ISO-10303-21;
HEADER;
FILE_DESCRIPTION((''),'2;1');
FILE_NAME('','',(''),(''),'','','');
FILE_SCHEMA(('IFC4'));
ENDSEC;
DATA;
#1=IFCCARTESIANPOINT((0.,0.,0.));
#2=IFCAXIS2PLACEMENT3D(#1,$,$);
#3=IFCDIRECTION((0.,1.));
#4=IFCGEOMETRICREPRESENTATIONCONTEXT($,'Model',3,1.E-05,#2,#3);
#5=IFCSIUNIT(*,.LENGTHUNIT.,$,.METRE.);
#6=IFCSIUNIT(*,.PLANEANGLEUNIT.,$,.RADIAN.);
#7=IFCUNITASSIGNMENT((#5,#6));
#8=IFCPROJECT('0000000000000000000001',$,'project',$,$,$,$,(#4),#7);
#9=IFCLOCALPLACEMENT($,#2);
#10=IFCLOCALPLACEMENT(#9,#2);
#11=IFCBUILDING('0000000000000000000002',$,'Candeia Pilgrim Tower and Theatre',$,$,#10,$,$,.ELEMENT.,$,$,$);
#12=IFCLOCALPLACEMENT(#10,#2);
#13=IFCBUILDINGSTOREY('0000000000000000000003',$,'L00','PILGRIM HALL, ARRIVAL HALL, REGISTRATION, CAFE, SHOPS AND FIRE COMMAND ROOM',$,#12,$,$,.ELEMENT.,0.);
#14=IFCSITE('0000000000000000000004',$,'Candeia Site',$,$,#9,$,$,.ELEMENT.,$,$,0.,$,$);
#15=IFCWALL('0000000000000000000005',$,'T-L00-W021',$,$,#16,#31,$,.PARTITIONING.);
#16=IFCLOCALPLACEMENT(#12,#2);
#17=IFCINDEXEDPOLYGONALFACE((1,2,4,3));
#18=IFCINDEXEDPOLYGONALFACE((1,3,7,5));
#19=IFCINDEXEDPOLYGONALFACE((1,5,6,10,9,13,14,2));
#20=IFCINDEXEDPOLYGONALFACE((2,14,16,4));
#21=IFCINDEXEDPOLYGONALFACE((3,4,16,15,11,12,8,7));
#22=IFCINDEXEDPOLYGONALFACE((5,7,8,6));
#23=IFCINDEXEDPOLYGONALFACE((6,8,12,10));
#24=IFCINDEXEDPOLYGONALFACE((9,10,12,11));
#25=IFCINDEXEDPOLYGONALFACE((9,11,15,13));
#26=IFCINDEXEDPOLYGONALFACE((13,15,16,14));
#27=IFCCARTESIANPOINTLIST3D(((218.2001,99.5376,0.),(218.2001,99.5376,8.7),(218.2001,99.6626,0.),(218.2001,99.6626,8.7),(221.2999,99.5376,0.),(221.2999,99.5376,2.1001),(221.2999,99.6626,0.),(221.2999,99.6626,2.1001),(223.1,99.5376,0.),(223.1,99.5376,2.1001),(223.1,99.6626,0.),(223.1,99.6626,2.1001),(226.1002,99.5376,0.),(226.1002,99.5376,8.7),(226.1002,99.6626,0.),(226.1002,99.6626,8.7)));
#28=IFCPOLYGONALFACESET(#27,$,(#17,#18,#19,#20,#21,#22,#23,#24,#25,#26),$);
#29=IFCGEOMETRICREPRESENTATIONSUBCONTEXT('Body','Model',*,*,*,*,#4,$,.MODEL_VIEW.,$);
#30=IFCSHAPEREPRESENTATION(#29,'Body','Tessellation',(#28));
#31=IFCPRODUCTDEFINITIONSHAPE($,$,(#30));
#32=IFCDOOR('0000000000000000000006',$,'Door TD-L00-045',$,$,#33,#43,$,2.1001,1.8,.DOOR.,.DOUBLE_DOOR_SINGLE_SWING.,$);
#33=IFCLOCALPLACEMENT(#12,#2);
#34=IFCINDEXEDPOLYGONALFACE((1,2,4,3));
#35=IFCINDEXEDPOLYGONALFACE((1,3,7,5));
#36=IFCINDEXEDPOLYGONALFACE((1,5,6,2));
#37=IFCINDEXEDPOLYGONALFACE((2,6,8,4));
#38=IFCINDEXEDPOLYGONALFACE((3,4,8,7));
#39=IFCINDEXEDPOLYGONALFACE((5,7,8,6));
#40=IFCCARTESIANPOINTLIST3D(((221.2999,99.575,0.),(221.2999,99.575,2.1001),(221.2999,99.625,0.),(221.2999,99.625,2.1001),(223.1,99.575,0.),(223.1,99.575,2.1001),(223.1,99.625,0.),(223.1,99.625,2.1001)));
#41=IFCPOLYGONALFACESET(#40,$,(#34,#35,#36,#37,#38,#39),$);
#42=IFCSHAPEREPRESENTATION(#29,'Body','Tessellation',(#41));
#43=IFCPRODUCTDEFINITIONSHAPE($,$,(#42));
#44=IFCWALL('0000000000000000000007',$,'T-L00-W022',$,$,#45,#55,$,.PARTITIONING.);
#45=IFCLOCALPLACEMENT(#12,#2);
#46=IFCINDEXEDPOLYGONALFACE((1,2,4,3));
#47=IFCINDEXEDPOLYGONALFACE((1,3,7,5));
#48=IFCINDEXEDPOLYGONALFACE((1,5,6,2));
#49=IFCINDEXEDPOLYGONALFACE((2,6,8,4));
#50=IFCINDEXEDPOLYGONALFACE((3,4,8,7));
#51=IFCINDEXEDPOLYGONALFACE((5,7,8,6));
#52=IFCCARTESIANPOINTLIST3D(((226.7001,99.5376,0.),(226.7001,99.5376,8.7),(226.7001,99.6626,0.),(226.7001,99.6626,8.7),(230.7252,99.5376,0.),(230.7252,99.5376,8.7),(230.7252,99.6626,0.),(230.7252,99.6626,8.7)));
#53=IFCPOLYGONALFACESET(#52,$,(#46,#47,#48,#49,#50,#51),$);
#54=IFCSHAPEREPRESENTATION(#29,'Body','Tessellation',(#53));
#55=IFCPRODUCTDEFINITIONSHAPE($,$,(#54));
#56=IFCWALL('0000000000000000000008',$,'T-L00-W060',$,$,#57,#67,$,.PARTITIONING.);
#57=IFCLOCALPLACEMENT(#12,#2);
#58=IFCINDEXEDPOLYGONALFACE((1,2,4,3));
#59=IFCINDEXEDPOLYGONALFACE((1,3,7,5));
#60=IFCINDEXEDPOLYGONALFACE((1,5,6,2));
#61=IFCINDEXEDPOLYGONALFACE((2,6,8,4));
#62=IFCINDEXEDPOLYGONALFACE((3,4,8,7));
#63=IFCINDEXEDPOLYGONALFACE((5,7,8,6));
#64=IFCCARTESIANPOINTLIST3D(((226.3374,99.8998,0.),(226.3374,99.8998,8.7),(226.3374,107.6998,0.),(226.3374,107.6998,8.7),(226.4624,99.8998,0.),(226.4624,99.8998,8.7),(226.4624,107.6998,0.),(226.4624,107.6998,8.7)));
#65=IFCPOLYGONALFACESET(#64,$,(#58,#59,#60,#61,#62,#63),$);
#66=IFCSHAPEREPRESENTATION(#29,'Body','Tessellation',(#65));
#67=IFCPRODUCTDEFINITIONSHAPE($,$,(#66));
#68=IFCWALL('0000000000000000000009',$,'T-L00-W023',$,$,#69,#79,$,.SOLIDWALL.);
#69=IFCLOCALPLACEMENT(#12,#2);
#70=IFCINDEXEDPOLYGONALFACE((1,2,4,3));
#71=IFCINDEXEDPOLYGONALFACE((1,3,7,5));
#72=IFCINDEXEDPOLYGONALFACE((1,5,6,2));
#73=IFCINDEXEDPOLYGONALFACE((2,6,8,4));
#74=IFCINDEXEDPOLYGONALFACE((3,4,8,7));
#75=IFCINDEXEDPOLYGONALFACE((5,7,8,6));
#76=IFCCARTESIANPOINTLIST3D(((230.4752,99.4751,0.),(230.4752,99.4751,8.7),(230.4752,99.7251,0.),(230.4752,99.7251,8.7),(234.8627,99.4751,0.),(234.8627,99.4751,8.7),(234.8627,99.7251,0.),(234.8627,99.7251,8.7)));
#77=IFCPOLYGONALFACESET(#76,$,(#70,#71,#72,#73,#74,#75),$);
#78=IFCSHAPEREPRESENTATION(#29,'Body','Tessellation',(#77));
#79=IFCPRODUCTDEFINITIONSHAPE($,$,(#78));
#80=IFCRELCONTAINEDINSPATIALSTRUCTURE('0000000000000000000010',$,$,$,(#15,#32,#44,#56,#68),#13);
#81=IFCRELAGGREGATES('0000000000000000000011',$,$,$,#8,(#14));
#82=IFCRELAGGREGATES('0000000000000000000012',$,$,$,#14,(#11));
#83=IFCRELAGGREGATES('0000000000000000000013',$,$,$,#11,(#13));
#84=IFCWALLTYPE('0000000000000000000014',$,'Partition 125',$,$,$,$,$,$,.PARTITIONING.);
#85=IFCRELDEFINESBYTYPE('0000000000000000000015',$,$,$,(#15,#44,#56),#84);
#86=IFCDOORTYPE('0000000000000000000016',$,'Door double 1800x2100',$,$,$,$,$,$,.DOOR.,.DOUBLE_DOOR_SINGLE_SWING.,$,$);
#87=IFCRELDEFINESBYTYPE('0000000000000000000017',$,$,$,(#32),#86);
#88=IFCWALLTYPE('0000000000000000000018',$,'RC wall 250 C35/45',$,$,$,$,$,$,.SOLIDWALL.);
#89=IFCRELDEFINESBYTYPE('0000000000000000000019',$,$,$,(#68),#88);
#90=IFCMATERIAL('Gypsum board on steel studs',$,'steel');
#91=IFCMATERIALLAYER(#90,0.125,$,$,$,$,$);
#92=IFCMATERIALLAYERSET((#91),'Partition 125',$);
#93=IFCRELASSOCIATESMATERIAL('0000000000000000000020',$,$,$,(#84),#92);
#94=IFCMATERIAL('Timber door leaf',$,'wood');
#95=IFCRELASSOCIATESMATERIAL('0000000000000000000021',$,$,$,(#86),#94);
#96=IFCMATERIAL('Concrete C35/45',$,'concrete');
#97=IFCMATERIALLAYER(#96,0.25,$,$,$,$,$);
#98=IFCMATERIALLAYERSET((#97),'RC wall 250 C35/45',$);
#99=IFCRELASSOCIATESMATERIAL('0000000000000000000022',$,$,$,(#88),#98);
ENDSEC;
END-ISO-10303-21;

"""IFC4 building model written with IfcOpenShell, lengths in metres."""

from ifc_helpers import new_model, si_unit, direction, frame, frame_2d, origin, place, context, subcontext, project, spatial, rectangle, extrude, material, layer, layer_set, type_object, element, fill, save


model = new_model("IFC4")

# Units and contexts
model_context = context("Model", 3, precision=1e-05, world=origin(), true_north=direction((0.0, 1.0)))
body_context = subcontext(model_context, "Body", "Model", "MODEL_VIEW")
ifc_project = project(units=[si_unit("LENGTHUNIT", "METRE"), si_unit("PLANEANGLEUNIT", "RADIAN")], contexts=[model_context])

# Site, building, storey
site_placement = place(None, origin())
site = spatial("IfcSite", under=ifc_project, at=site_placement, Name="Candeia Site", CompositionType="ELEMENT", RefElevation=0.0)
building_placement = place(site_placement, origin())
building = spatial("IfcBuilding", under=site, at=building_placement, Name="Candeia Pilgrim Tower and Theatre", CompositionType="ELEMENT")
storey_placement = place(building_placement, origin())
storey = spatial("IfcBuildingStorey", under=building, at=storey_placement, Name="L00", Description="PILGRIM HALL, ARRIVAL HALL, REGISTRATION, CAFE, SHOPS AND FIRE COMMAND ROOM", CompositionType="ELEMENT", Elevation=0.0)

# Shared definitions
ifc_material_1 = material(Name="Concrete C35/45", Category="concrete")

# Wall, opening, door
ifc_material_2 = material(Name="Gypsum board on steel studs", Category="steel")
ifc_layer_1 = layer(ifc_material_2, 0.125)
ifc_layer_set_1 = layer_set([ifc_layer_1], Name="Partition 125")
wall_type_1 = type_object("IfcWallType", Name="Partition 125", PredefinedType="PARTITIONING", material=ifc_layer_set_1)
wall_1_placement = place(storey_placement, frame((218.2, 99.6001, 0.0), z_axis=(0.0, 0.0, 1.0), x_axis=(1.0, 0.0, 0.0)))
wall_1 = element("IfcWall", 1, at=wall_1_placement, inside=storey, type_object=wall_type_1, Name="T-L00-W021", PredefinedType="PARTITIONING", context=body_context, shape_type="SweptSolid", body=[
    extrude(rectangle(XDim=7.9001, YDim=0.125, at=frame_2d((3.9502, 0.0))), origin(), (0.0, 0.0, 1.0), 8.7),
])
opening_placement = place(wall_1_placement, frame((3.1001, 0.0, 0.0)))
opening = element("IfcOpeningElement", 2, at=opening_placement, cuts=wall_1, PredefinedType="OPENING", context=body_context, shape_type="SweptSolid", body=[
    extrude(rectangle(XDim=1.8, YDim=2.1001, at=frame_2d((0.8999, 1.05))), frame((0.0, 0.0725, 0.0), z_axis=(0.0, -1.0, 0.0), x_axis=(1.0, 0.0, 0.0)), (0.0, 0.0, 1.0), 0.145),
])
ifc_material_3 = material(Name="Timber door leaf", Category="wood")
door_type = type_object("IfcDoorType", Name="Door double 1800x2100", OperationType="DOUBLE_DOOR_SINGLE_SWING", PredefinedType="DOOR", material=ifc_material_3)
door_placement = place(opening_placement, origin())
door = element("IfcDoor", 3, at=door_placement, inside=storey, type_object=door_type, Name="Door TD-L00-045", OperationType="DOUBLE_DOOR_SINGLE_SWING", OverallHeight=2.1001, OverallWidth=1.8, PredefinedType="DOOR", context=body_context, shape_type="SweptSolid", body=[
    extrude(rectangle(XDim=1.8, YDim=2.1001, at=frame_2d((0.8999, 1.05))), frame((0.0, 0.0249, 0.0), z_axis=(0.0, -1.0, 0.0), x_axis=(1.0, 0.0, 0.0)), (0.0, 0.0, 1.0), 0.05),
])
fill(opening, door)

# Walls
wall_2_placement = place(storey_placement, frame((226.7, 99.6001, 0.0), z_axis=(0.0, 0.0, 1.0), x_axis=(1.0, 0.0, 0.0)))
element("IfcWall", 4, at=wall_2_placement, inside=storey, type_object=wall_type_1, Name="T-L00-W022", PredefinedType="PARTITIONING", context=body_context, shape_type="SweptSolid", body=[
    extrude(rectangle(XDim=4.0251, YDim=0.125, at=frame_2d((2.0127, 0.0))), origin(), (0.0, 0.0, 1.0), 8.7),
])
wall_3_placement = place(storey_placement, frame((226.3999, 99.8999, 0.0), z_axis=(0.0, 0.0, 1.0), x_axis=(0.0, 1.0, 0.0)))
element("IfcWall", 5, at=wall_3_placement, inside=storey, type_object=wall_type_1, Name="T-L00-W060", PredefinedType="PARTITIONING", context=body_context, shape_type="SweptSolid", body=[
    extrude(rectangle(XDim=7.8, YDim=0.125, at=frame_2d((3.8999, 0.0))), origin(), (0.0, 0.0, 1.0), 8.7),
])
ifc_layer_2 = layer(ifc_material_1, 0.25)
ifc_layer_set_2 = layer_set([ifc_layer_2], Name="RC wall 250 C35/45")
wall_type_2 = type_object("IfcWallType", Name="RC wall 250 C35/45", PredefinedType="SOLIDWALL", material=ifc_layer_set_2)
wall_4_placement = place(storey_placement, frame((230.4751, 99.6001, 0.0), z_axis=(0.0, 0.0, 1.0), x_axis=(1.0, 0.0, 0.0)))
element("IfcWall", 6, at=wall_4_placement, inside=storey, type_object=wall_type_2, Name="T-L00-W023", PredefinedType="SOLIDWALL", context=body_context, shape_type="SweptSolid", body=[
    extrude(rectangle(XDim=4.3875, YDim=0.25, at=frame_2d((2.1938, 0.0))), origin(), (0.0, 0.0, 1.0), 8.7),
])

save(model, "model.ifc")
